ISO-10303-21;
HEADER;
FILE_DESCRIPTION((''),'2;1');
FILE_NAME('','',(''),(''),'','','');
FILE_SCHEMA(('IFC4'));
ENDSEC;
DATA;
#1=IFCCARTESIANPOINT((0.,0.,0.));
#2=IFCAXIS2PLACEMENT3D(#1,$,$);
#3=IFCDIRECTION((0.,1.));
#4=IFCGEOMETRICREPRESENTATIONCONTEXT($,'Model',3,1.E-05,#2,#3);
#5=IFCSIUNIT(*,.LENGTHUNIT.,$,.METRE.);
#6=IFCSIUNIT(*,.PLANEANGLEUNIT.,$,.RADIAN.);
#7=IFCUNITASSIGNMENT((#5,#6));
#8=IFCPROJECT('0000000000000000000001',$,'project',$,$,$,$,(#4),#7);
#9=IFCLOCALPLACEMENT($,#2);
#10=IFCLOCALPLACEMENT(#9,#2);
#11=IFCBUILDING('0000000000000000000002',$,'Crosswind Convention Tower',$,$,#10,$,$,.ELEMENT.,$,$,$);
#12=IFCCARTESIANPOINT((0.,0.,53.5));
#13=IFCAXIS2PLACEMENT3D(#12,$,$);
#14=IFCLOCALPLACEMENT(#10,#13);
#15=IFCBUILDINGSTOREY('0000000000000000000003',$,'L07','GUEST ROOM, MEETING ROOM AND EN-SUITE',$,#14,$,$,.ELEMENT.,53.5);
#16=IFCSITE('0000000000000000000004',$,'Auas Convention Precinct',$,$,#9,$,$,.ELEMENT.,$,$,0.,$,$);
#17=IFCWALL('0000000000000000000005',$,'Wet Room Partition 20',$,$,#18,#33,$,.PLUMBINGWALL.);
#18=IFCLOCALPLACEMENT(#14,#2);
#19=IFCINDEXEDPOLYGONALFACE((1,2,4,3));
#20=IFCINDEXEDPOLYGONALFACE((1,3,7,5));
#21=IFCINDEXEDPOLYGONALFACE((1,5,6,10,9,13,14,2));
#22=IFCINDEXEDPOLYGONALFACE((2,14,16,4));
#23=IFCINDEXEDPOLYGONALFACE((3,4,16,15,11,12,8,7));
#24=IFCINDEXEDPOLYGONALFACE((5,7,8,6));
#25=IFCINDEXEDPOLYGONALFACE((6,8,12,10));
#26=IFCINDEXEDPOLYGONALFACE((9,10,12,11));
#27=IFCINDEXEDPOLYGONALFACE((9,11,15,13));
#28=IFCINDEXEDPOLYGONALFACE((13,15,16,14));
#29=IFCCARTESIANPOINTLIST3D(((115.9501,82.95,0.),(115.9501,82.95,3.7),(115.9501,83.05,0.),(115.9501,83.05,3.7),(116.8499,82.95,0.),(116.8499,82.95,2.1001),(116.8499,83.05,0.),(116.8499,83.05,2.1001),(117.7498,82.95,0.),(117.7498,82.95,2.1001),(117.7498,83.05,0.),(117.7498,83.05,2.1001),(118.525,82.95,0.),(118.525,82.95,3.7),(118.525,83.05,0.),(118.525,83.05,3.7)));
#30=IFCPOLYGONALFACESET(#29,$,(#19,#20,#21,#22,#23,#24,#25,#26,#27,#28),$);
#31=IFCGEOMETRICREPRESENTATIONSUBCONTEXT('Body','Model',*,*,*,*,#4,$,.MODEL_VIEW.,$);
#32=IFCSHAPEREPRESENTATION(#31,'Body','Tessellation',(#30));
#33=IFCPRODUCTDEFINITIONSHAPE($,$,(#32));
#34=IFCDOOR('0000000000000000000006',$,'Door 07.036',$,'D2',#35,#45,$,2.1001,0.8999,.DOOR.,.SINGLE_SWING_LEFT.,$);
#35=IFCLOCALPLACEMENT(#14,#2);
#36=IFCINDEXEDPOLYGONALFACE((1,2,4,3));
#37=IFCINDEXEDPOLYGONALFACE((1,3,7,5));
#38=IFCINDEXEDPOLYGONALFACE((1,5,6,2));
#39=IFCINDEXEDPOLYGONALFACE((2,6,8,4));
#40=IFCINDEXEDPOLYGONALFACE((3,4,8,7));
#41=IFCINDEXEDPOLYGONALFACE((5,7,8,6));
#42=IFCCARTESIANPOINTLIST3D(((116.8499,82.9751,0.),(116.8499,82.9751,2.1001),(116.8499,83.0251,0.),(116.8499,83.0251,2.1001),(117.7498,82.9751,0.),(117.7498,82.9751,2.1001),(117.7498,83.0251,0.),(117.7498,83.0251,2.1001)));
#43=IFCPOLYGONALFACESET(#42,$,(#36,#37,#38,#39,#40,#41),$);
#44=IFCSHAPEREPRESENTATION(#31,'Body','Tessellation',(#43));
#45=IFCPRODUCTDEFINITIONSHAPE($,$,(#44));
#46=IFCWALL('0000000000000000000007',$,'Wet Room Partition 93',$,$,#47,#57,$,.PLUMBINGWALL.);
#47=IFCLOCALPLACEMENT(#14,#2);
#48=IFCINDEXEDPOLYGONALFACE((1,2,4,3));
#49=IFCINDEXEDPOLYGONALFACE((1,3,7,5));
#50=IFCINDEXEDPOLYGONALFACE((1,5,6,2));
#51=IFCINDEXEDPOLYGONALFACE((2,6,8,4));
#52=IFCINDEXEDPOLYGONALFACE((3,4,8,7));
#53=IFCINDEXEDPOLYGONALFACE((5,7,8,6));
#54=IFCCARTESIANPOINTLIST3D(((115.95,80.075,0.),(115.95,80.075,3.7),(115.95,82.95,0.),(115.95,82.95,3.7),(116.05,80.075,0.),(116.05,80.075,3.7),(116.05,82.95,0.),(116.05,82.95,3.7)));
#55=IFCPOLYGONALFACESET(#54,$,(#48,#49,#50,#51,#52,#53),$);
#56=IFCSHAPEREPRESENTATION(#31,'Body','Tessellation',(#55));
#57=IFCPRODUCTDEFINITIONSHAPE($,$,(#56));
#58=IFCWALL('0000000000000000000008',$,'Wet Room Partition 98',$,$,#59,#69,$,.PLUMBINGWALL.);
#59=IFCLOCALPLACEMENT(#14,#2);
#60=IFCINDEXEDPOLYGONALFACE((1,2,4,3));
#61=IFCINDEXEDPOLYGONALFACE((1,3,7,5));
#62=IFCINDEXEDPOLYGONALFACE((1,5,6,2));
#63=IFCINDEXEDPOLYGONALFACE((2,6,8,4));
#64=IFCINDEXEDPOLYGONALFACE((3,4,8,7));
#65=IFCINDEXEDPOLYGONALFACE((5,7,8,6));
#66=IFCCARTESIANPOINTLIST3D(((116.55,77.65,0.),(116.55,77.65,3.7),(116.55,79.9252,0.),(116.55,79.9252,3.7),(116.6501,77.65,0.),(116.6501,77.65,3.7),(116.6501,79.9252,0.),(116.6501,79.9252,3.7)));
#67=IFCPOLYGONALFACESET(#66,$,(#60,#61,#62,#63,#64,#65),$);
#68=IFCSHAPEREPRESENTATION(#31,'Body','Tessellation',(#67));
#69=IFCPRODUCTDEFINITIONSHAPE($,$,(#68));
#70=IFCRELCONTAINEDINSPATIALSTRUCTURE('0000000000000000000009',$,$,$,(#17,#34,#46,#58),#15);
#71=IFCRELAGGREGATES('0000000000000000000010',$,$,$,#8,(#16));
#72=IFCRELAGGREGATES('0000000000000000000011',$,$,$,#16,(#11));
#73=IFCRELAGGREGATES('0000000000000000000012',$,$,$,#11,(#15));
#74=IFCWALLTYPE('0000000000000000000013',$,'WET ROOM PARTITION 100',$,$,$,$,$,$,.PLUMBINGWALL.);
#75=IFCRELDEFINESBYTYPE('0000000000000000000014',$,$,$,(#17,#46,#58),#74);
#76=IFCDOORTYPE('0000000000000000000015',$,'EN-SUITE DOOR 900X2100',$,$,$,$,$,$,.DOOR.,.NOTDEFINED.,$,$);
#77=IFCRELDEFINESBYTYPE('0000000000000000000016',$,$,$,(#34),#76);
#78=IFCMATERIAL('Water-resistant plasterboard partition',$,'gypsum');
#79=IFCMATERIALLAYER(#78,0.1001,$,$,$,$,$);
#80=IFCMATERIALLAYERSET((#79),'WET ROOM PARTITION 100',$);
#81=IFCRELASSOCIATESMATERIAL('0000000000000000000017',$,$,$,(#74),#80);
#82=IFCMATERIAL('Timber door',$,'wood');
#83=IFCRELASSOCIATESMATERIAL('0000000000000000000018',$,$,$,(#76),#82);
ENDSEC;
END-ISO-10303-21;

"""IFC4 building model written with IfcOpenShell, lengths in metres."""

from ifc_helpers import new_model, si_unit, direction, frame, frame_2d, origin, place, context, subcontext, project, spatial, rectangle, extrude, material, layer, layer_set, type_object, element, fill, save


model = new_model("IFC4")

# Units and contexts
model_context = context("Model", 3, precision=1e-05, world=origin(), true_north=direction((0.0, 1.0)))
body_context = subcontext(model_context, "Body", "Model", "MODEL_VIEW")
ifc_project = project(units=[si_unit("LENGTHUNIT", "METRE"), si_unit("PLANEANGLEUNIT", "RADIAN")], contexts=[model_context])

# Site, building, storey
site_placement = place(None, origin())
site = spatial("IfcSite", under=ifc_project, at=site_placement, Name="Auas Convention Precinct", CompositionType="ELEMENT", RefElevation=0.0)
building_placement = place(site_placement, origin())
building = spatial("IfcBuilding", under=site, at=building_placement, Name="Crosswind Convention Tower", CompositionType="ELEMENT")
storey_placement = place(building_placement, frame((0.0, 0.0, 53.5)))
storey = spatial("IfcBuildingStorey", under=building, at=storey_placement, Name="L07", Description="GUEST ROOM, MEETING ROOM AND EN-SUITE", CompositionType="ELEMENT", Elevation=53.5)

# Wall, opening, door
ifc_material_1 = material(Name="Water-resistant plasterboard partition", Category="gypsum")
ifc_layer_1 = layer(ifc_material_1, 0.1001)
ifc_layer_set_1 = layer_set([ifc_layer_1], Name="WET ROOM PARTITION 100")
wall_type_1 = type_object("IfcWallType", Name="WET ROOM PARTITION 100", PredefinedType="PLUMBINGWALL", material=ifc_layer_set_1)
ifc_material_2 = material(Name="Timber door", Category="wood")
door_type_1 = type_object("IfcDoorType", Name="EN-SUITE DOOR 900X2100", OperationType="NOTDEFINED", PredefinedType="DOOR", material=ifc_material_2)
wall_1_placement = place(storey_placement, frame((115.95, 83.0, 0.0), z_axis=(0.0, 0.0, 1.0), x_axis=(1.0, 0.0, 0.0)))
wall_1 = element("IfcWall", 1, at=wall_1_placement, inside=storey, type_object=wall_type_1, Name="Wet Room Partition 20", PredefinedType="PLUMBINGWALL", context=body_context, shape_type="SweptSolid", body=[
    extrude(rectangle(XDim=2.575, YDim=0.1001, at=frame_2d((1.2876, 0.0))), origin(), (0.0, 0.0, 1.0), 3.7),
])
opening_1_placement = place(wall_1_placement, frame((0.8999, 0.0, 0.0)))
opening_1 = element("IfcOpeningElement", 2, at=opening_1_placement, cuts=wall_1, PredefinedType="OPENING", context=body_context, shape_type="SweptSolid", body=[
    extrude(rectangle(XDim=0.8999, YDim=2.1001, at=frame_2d((0.45, 1.05))), frame((0.0, 0.0601, 0.0), z_axis=(0.0, -1.0, 0.0), x_axis=(1.0, 0.0, 0.0)), (0.0, 0.0, 1.0), 0.1201),
])
door_1_placement = place(opening_1_placement, frame((0.8999, 0.0, 0.0), z_axis=(0.0, 0.0, 1.0), x_axis=(-1.0, 0.0, 0.0)))
door_1 = element("IfcDoor", 3, at=door_1_placement, inside=storey, type_object=door_type_1, Name="Door 07.036", ObjectType="D2", OperationType="SINGLE_SWING_LEFT", OverallHeight=2.1001, OverallWidth=0.8999, PredefinedType="DOOR", context=body_context, shape_type="SweptSolid", body=[
    extrude(rectangle(XDim=0.8999, YDim=2.1001, at=frame_2d((0.45, 1.05))), frame((0.0, 0.0249, 0.0), z_axis=(0.0, -1.0, 0.0), x_axis=(1.0, 0.0, 0.0)), (0.0, 0.0, 1.0), 0.05),
])
fill(opening_1, door_1)

# Walls
wall_2_placement = place(storey_placement, frame((116.0, 80.075, 0.0), z_axis=(0.0, 0.0, 1.0), x_axis=(0.0, 1.0, 0.0)))
element("IfcWall", 4, at=wall_2_placement, inside=storey, type_object=wall_type_1, Name="Wet Room Partition 93", PredefinedType="PLUMBINGWALL", context=body_context, shape_type="SweptSolid", body=[
    extrude(rectangle(XDim=2.875, YDim=0.1001, at=frame_2d((1.4375, 0.0))), origin(), (0.0, 0.0, 1.0), 3.7),
])
wall_3_placement = place(storey_placement, frame((116.6001, 77.6499, 0.0), z_axis=(0.0, 0.0, 1.0), x_axis=(0.0, 1.0, 0.0)))
element("IfcWall", 5, at=wall_3_placement, inside=storey, type_object=wall_type_1, Name="Wet Room Partition 98", PredefinedType="PLUMBINGWALL", context=body_context, shape_type="SweptSolid", body=[
    extrude(rectangle(XDim=2.2751, YDim=0.1001, at=frame_2d((1.1377, 0.0))), origin(), (0.0, 0.0, 1.0), 3.7),
])

save(model, "model.ifc")
